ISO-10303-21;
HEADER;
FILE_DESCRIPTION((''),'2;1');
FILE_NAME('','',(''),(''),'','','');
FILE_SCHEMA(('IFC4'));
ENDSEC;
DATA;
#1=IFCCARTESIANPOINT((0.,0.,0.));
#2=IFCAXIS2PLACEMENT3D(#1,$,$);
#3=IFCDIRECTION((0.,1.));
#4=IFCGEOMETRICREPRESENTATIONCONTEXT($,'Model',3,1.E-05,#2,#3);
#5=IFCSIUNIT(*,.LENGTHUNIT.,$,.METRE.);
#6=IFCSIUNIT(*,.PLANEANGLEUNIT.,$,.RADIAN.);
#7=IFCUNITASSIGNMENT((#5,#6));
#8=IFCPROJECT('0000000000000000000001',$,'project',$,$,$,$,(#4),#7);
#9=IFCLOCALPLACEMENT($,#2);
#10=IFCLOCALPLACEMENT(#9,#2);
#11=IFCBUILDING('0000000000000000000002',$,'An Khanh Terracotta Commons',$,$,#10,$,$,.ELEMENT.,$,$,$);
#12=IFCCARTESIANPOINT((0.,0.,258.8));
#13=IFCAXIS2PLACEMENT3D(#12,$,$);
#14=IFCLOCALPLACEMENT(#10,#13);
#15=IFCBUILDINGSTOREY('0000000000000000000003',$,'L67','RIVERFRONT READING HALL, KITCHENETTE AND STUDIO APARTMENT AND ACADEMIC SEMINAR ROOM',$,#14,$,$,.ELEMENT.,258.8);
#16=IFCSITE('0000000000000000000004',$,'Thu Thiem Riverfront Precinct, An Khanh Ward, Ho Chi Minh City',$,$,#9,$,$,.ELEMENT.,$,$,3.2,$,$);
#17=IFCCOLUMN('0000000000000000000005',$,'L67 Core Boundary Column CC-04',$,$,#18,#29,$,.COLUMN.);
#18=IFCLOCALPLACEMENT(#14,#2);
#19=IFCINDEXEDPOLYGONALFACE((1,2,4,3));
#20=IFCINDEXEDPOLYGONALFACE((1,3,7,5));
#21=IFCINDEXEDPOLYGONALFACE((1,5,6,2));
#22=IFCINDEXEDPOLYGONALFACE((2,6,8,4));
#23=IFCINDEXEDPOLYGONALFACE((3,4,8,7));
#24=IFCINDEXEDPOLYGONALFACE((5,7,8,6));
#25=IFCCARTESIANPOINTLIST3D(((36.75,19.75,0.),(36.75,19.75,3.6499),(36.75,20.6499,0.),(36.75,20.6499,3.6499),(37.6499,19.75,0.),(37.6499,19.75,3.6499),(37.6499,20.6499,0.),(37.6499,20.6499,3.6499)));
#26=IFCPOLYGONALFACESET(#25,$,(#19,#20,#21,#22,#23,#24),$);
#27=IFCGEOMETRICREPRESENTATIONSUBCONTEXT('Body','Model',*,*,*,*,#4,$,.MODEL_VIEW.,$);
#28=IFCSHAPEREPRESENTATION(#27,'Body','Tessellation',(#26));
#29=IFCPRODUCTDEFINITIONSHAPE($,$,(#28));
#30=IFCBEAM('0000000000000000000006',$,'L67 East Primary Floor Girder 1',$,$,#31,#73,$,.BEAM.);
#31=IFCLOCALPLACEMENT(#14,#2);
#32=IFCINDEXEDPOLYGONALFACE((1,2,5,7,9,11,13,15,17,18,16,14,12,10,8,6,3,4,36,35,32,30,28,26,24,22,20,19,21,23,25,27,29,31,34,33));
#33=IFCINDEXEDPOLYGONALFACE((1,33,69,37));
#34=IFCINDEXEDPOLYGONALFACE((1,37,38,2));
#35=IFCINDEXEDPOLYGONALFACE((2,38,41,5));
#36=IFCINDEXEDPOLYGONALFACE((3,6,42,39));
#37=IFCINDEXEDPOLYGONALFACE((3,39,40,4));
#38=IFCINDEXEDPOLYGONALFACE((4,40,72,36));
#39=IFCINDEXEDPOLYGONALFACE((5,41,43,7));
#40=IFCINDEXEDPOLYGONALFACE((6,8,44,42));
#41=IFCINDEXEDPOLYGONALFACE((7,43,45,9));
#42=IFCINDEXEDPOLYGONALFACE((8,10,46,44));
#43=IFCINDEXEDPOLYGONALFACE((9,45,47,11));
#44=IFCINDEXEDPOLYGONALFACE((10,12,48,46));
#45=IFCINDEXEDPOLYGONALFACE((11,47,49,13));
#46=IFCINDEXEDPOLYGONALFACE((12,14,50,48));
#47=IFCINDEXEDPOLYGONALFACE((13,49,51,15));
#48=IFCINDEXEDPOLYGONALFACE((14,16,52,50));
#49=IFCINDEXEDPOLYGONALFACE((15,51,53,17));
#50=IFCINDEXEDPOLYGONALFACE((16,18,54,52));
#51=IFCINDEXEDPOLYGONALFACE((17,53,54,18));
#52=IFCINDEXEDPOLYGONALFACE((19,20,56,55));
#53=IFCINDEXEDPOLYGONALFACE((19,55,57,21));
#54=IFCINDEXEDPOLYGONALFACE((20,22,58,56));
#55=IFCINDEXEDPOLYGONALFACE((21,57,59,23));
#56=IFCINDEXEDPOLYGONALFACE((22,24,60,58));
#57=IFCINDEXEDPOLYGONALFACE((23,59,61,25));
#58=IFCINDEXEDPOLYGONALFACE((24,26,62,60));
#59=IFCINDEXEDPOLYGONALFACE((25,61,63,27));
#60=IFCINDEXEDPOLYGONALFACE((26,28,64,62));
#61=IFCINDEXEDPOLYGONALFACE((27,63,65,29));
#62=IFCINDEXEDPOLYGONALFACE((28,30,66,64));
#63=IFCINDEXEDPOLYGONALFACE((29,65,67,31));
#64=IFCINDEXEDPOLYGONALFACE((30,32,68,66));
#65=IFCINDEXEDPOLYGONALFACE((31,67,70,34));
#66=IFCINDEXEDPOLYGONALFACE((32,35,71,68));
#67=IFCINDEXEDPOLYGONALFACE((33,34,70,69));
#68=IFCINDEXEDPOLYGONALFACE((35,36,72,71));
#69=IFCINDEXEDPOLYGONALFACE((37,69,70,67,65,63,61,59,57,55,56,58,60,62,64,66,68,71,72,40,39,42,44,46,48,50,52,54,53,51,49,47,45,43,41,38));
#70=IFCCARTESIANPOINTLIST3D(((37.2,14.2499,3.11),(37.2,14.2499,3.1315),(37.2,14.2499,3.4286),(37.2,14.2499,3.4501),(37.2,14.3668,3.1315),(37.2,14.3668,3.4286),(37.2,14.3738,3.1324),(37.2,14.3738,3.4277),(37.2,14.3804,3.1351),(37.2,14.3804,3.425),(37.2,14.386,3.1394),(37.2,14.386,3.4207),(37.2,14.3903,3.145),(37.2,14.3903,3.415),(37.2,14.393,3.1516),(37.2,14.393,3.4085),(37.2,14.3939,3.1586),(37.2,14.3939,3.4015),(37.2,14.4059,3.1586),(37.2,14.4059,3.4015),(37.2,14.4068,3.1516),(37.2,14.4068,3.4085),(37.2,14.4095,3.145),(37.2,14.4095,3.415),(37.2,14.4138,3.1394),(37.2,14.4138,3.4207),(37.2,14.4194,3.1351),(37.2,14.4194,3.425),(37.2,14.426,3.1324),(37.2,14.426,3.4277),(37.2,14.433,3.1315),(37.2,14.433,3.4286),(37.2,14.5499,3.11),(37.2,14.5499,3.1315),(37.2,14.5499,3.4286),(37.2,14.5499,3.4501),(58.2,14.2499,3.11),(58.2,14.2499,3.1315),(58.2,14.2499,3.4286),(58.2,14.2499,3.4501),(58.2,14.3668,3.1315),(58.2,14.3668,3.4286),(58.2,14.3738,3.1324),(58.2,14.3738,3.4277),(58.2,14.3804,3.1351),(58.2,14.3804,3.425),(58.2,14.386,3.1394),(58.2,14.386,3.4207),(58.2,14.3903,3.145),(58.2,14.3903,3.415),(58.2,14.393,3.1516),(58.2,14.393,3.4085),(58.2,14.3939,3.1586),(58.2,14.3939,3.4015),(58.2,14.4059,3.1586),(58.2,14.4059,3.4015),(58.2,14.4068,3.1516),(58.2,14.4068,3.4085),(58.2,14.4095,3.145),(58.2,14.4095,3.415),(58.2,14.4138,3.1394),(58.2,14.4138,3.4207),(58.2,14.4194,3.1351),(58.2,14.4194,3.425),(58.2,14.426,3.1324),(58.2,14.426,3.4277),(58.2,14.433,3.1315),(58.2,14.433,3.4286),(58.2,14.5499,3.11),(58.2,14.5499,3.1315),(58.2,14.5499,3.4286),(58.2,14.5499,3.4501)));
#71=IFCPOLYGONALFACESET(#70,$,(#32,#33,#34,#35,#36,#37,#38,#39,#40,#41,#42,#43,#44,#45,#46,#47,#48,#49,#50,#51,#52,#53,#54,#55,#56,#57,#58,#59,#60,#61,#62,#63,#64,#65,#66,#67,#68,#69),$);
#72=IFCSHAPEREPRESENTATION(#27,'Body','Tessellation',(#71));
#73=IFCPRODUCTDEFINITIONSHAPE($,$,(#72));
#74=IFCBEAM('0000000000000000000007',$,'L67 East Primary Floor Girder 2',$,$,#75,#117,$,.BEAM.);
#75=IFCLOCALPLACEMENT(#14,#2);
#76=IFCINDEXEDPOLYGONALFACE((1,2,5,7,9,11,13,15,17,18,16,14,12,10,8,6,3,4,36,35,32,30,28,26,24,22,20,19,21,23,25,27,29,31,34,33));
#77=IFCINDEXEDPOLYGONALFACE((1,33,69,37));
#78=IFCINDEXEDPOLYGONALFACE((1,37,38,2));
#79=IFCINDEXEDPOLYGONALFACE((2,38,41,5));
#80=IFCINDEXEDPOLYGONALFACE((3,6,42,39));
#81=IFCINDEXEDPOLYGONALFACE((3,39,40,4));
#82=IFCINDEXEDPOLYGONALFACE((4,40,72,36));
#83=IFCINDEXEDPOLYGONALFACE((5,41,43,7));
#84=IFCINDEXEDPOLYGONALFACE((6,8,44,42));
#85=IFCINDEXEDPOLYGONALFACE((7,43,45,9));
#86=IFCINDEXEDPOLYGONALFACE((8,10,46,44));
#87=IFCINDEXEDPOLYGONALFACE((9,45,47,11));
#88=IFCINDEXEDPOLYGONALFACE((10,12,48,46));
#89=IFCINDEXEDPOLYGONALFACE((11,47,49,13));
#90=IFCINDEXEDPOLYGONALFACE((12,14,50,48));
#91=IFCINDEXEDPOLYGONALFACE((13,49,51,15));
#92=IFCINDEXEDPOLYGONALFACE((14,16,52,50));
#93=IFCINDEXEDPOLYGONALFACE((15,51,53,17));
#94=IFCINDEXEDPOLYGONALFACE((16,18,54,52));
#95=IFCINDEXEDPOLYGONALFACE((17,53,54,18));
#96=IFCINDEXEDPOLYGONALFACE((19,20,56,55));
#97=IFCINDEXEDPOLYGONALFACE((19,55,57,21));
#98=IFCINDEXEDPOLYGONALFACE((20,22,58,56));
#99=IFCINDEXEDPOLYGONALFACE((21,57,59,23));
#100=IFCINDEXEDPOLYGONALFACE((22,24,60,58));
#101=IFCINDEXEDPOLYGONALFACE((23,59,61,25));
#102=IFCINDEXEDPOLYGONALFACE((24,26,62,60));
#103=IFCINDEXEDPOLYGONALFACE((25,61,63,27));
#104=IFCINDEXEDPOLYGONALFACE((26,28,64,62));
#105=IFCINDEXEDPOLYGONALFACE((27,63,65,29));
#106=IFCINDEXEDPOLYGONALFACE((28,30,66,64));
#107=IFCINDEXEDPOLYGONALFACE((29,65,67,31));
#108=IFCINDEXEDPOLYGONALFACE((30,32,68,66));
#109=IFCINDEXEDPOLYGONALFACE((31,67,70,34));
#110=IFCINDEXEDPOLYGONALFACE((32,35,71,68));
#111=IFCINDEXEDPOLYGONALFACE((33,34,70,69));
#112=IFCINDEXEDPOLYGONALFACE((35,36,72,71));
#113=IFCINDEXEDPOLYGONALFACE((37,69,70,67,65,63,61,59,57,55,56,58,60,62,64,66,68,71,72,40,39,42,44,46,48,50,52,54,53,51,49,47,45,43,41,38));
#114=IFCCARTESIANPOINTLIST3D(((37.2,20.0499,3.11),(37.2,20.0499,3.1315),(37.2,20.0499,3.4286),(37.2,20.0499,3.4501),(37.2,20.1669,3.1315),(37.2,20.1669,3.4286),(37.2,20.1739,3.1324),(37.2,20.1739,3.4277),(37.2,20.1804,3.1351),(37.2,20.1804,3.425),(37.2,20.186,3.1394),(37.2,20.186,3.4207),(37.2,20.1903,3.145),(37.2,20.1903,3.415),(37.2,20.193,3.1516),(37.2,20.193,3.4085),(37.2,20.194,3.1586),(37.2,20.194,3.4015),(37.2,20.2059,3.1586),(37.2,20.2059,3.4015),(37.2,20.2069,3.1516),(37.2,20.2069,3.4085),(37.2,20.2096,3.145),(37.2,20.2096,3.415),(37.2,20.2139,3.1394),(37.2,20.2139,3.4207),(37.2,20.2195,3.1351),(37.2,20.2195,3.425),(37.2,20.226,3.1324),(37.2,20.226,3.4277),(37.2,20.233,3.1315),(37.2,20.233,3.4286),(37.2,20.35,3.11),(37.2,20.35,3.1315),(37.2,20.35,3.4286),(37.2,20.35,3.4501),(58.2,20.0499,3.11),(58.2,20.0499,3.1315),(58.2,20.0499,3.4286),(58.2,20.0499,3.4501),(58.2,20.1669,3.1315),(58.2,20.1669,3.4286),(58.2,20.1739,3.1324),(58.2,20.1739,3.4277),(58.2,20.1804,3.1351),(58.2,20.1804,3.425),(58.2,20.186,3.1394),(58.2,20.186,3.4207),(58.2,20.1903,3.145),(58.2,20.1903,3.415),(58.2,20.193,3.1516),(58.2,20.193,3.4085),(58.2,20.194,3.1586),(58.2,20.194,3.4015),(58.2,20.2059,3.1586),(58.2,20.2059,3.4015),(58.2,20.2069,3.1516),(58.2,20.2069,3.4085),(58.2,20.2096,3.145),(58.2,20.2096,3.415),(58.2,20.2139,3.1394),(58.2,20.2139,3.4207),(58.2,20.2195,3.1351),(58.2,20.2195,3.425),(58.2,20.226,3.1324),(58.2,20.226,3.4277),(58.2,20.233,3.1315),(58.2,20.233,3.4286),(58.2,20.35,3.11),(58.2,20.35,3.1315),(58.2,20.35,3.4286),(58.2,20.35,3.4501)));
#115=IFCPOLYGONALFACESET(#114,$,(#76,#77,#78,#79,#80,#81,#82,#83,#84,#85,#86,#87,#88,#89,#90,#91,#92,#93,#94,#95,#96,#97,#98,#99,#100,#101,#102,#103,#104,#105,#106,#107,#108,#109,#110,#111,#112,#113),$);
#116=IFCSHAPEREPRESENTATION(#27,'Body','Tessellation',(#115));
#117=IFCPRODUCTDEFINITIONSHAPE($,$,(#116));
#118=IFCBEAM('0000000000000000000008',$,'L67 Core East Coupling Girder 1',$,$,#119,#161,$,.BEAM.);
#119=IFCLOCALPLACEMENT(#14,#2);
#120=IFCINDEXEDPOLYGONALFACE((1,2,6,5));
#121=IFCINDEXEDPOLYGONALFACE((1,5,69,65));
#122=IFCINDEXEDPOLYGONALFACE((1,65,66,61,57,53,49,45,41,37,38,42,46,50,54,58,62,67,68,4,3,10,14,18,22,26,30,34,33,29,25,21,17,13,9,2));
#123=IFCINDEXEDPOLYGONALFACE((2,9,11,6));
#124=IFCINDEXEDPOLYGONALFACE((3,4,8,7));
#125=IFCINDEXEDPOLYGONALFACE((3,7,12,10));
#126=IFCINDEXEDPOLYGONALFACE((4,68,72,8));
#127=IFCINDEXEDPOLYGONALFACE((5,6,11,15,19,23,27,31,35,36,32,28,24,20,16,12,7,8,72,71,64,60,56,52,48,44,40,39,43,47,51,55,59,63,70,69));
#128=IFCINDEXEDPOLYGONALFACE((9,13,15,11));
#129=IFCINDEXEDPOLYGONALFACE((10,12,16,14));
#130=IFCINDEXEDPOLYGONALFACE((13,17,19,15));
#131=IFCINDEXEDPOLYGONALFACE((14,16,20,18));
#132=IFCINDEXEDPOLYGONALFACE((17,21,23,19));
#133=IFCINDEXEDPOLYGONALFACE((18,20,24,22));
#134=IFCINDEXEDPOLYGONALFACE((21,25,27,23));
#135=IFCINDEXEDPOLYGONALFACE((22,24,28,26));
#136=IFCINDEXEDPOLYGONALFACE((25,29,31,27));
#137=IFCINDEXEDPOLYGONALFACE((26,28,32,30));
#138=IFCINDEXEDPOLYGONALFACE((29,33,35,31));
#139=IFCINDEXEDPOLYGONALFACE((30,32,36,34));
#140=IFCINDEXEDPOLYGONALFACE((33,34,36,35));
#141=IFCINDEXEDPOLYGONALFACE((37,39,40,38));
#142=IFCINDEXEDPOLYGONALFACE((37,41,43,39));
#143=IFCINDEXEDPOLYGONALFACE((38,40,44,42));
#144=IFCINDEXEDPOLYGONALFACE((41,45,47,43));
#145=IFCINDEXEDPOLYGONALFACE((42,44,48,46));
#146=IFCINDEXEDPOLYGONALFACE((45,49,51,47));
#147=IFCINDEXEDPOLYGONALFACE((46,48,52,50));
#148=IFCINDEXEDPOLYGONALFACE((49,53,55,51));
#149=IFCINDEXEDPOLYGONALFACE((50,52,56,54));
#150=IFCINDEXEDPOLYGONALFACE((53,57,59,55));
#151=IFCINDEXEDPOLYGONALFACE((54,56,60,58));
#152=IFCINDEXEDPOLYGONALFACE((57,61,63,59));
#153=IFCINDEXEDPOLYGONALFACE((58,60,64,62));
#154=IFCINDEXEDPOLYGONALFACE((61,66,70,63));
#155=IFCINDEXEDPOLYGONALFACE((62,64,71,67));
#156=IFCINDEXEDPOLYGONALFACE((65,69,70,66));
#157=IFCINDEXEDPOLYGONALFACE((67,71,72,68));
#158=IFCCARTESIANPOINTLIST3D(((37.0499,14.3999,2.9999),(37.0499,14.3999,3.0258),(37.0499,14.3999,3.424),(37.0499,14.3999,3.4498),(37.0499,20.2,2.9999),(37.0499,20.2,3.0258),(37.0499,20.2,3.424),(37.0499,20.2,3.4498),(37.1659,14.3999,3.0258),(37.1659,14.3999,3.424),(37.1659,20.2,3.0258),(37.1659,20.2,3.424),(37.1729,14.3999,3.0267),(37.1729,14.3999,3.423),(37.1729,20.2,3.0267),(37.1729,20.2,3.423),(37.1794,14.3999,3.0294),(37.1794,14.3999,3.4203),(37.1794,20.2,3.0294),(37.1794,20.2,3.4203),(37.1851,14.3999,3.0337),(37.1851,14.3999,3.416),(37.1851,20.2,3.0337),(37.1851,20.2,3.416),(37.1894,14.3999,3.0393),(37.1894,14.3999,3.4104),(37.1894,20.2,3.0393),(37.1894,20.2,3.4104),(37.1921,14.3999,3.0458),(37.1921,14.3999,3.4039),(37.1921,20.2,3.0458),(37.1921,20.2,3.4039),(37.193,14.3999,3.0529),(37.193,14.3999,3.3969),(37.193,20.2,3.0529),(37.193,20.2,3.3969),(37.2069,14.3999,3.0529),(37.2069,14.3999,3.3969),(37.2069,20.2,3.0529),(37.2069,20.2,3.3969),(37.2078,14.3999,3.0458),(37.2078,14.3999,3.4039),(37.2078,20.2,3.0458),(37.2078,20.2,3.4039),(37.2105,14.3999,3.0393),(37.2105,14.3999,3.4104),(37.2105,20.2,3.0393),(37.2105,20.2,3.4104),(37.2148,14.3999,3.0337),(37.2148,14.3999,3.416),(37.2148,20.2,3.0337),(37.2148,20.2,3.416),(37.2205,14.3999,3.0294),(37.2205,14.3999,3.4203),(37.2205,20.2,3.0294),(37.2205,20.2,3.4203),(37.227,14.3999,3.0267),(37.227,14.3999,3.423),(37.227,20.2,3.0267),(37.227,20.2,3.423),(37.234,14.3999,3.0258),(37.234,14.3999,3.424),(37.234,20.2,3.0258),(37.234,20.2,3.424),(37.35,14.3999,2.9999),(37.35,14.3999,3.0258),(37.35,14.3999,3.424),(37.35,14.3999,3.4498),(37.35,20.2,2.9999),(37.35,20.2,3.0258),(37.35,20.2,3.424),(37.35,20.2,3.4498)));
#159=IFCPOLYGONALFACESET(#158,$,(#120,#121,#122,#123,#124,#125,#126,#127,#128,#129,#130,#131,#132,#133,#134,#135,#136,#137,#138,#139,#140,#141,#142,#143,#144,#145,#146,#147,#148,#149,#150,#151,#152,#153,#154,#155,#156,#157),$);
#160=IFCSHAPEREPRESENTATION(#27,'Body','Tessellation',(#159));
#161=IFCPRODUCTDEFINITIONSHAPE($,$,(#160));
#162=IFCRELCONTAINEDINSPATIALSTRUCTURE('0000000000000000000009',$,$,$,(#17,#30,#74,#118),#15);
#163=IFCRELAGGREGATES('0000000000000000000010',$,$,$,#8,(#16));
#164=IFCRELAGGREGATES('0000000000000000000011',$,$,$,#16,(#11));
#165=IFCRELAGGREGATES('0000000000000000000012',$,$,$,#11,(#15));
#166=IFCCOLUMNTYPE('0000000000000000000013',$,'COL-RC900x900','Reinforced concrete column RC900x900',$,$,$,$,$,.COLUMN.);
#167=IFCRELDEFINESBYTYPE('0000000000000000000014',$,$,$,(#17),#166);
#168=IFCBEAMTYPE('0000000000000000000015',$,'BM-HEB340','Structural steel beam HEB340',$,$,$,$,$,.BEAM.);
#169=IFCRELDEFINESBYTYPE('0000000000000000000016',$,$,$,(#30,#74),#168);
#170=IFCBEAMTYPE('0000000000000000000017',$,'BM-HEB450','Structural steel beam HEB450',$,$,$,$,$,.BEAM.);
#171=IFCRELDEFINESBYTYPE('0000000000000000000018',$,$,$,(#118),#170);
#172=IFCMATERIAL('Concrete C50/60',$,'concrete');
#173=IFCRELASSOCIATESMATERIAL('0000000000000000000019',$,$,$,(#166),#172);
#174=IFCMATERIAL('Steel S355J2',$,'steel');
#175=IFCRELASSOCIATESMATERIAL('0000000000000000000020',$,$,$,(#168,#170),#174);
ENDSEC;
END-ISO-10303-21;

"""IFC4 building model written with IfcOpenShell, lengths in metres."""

from ifc_helpers import new_model, si_unit, direction, frame, origin, origin_2d, place, context, subcontext, project, spatial, rectangle, i_section, extrude, material, material_profile, profile_set, type_object, element, save


model = new_model("IFC4")

# Units and contexts
model_context = context("Model", 3, precision=1e-05, world=origin(), true_north=direction((0.0, 1.0)))
body_context = subcontext(model_context, "Body", "Model", "MODEL_VIEW")
ifc_project = project(units=[si_unit("LENGTHUNIT", "METRE"), si_unit("PLANEANGLEUNIT", "RADIAN")], contexts=[model_context])

# Site, building, storey
site_placement = place(None, origin())
site = spatial("IfcSite", under=ifc_project, at=site_placement, Name="Thu Thiem Riverfront Precinct, An Khanh Ward, Ho Chi Minh City", CompositionType="ELEMENT", RefElevation=3.2)
building_placement = place(site_placement, origin())
building = spatial("IfcBuilding", under=site, at=building_placement, Name="An Khanh Terracotta Commons", CompositionType="ELEMENT")
storey_placement = place(building_placement, frame((0.0, 0.0, 258.8)))
storey = spatial("IfcBuildingStorey", under=building, at=storey_placement, Name="L67", Description="RIVERFRONT READING HALL, KITCHENETTE AND STUDIO APARTMENT AND ACADEMIC SEMINAR ROOM", CompositionType="ELEMENT", Elevation=258.8)

# Column
ifc_material_1 = material(Name="Concrete C50/60", Category="concrete")
ifc_material_profile_1 = material_profile(ifc_material_1, rectangle(XDim=0.8999, YDim=0.8999, at=origin_2d()), Name="RC900x900")
ifc_profile_set_1 = profile_set([ifc_material_profile_1], Name="Concrete C50/60")
column_type = type_object("IfcColumnType", Name="COL-RC900x900", Description="Reinforced concrete column RC900x900", PredefinedType="COLUMN", material=ifc_profile_set_1)
column_placement = place(storey_placement, frame((37.2, 20.2, 0.0), z_axis=(0.0, 0.0, 1.0), x_axis=(1.0, 0.0, 0.0)))
element("IfcColumn", 1, at=column_placement, inside=storey, type_object=column_type, Name="L67 Core Boundary Column CC-04", PredefinedType="COLUMN", context=body_context, shape_type="SweptSolid", body=[
    extrude(rectangle(XDim=0.8999, YDim=0.8999, at=origin_2d()), origin(), (0.0, 0.0, 1.0), 3.6499),
])

# Beams
ifc_material_2 = material(Name="Steel S355J2", Category="steel")
ifc_material_profile_2 = material_profile(ifc_material_2, i_section(OverallWidth=0.3, OverallDepth=0.3401, WebThickness=0.012, FlangeThickness=0.0215, FilletRadius=0.0271, at=origin_2d()), Name="HEB340")
ifc_profile_set_2 = profile_set([ifc_material_profile_2], Name="Steel S355J2")
beam_type_1 = type_object("IfcBeamType", Name="BM-HEB340", Description="Structural steel beam HEB340", PredefinedType="BEAM", material=ifc_profile_set_2)
for number, where, z_axis, x_axis, name in (
    (2, (37.2, 14.3999, 3.28), (1.0, 0.0, 0.0), (0.0, 1.0, 0.0), "L67 East Primary Floor Girder 1"),
    (3, (37.2, 20.2, 3.28), (1.0, 0.0, 0.0), (0.0, 1.0, 0.0), "L67 East Primary Floor Girder 2"),
):
    element("IfcBeam", number, at=place(storey_placement, frame(where, z_axis=z_axis, x_axis=x_axis)), inside=storey, type_object=beam_type_1, Name=name, PredefinedType="BEAM", context=body_context, shape_type="SweptSolid", body=[
        extrude(i_section(OverallWidth=0.3, OverallDepth=0.3401, WebThickness=0.012, FlangeThickness=0.0215, FilletRadius=0.0271, at=origin_2d()), origin(), (0.0, 0.0, 1.0), 21.0),
    ])
ifc_material_profile_3 = material_profile(ifc_material_2, i_section(OverallWidth=0.3, OverallDepth=0.45, WebThickness=0.0139, FlangeThickness=0.0259, FilletRadius=0.0271, at=origin_2d()), Name="HEB450")
ifc_profile_set_3 = profile_set([ifc_material_profile_3], Name="Steel S355J2")
beam_type_2 = type_object("IfcBeamType", Name="BM-HEB450", Description="Structural steel beam HEB450", PredefinedType="BEAM", material=ifc_profile_set_3)
beam_1_placement = place(storey_placement, frame((37.2, 14.3999, 3.2249), z_axis=(0.0, 1.0, 0.0), x_axis=(-1.0, 0.0, 0.0)))
element("IfcBeam", 4, at=beam_1_placement, inside=storey, type_object=beam_type_2, Name="L67 Core East Coupling Girder 1", PredefinedType="BEAM", context=body_context, shape_type="SweptSolid", body=[
    extrude(i_section(OverallWidth=0.3, OverallDepth=0.45, WebThickness=0.0139, FlangeThickness=0.0259, FilletRadius=0.0271, at=origin_2d()), origin(), (0.0, 0.0, 1.0), 5.8),
])

save(model, "model.ifc")
